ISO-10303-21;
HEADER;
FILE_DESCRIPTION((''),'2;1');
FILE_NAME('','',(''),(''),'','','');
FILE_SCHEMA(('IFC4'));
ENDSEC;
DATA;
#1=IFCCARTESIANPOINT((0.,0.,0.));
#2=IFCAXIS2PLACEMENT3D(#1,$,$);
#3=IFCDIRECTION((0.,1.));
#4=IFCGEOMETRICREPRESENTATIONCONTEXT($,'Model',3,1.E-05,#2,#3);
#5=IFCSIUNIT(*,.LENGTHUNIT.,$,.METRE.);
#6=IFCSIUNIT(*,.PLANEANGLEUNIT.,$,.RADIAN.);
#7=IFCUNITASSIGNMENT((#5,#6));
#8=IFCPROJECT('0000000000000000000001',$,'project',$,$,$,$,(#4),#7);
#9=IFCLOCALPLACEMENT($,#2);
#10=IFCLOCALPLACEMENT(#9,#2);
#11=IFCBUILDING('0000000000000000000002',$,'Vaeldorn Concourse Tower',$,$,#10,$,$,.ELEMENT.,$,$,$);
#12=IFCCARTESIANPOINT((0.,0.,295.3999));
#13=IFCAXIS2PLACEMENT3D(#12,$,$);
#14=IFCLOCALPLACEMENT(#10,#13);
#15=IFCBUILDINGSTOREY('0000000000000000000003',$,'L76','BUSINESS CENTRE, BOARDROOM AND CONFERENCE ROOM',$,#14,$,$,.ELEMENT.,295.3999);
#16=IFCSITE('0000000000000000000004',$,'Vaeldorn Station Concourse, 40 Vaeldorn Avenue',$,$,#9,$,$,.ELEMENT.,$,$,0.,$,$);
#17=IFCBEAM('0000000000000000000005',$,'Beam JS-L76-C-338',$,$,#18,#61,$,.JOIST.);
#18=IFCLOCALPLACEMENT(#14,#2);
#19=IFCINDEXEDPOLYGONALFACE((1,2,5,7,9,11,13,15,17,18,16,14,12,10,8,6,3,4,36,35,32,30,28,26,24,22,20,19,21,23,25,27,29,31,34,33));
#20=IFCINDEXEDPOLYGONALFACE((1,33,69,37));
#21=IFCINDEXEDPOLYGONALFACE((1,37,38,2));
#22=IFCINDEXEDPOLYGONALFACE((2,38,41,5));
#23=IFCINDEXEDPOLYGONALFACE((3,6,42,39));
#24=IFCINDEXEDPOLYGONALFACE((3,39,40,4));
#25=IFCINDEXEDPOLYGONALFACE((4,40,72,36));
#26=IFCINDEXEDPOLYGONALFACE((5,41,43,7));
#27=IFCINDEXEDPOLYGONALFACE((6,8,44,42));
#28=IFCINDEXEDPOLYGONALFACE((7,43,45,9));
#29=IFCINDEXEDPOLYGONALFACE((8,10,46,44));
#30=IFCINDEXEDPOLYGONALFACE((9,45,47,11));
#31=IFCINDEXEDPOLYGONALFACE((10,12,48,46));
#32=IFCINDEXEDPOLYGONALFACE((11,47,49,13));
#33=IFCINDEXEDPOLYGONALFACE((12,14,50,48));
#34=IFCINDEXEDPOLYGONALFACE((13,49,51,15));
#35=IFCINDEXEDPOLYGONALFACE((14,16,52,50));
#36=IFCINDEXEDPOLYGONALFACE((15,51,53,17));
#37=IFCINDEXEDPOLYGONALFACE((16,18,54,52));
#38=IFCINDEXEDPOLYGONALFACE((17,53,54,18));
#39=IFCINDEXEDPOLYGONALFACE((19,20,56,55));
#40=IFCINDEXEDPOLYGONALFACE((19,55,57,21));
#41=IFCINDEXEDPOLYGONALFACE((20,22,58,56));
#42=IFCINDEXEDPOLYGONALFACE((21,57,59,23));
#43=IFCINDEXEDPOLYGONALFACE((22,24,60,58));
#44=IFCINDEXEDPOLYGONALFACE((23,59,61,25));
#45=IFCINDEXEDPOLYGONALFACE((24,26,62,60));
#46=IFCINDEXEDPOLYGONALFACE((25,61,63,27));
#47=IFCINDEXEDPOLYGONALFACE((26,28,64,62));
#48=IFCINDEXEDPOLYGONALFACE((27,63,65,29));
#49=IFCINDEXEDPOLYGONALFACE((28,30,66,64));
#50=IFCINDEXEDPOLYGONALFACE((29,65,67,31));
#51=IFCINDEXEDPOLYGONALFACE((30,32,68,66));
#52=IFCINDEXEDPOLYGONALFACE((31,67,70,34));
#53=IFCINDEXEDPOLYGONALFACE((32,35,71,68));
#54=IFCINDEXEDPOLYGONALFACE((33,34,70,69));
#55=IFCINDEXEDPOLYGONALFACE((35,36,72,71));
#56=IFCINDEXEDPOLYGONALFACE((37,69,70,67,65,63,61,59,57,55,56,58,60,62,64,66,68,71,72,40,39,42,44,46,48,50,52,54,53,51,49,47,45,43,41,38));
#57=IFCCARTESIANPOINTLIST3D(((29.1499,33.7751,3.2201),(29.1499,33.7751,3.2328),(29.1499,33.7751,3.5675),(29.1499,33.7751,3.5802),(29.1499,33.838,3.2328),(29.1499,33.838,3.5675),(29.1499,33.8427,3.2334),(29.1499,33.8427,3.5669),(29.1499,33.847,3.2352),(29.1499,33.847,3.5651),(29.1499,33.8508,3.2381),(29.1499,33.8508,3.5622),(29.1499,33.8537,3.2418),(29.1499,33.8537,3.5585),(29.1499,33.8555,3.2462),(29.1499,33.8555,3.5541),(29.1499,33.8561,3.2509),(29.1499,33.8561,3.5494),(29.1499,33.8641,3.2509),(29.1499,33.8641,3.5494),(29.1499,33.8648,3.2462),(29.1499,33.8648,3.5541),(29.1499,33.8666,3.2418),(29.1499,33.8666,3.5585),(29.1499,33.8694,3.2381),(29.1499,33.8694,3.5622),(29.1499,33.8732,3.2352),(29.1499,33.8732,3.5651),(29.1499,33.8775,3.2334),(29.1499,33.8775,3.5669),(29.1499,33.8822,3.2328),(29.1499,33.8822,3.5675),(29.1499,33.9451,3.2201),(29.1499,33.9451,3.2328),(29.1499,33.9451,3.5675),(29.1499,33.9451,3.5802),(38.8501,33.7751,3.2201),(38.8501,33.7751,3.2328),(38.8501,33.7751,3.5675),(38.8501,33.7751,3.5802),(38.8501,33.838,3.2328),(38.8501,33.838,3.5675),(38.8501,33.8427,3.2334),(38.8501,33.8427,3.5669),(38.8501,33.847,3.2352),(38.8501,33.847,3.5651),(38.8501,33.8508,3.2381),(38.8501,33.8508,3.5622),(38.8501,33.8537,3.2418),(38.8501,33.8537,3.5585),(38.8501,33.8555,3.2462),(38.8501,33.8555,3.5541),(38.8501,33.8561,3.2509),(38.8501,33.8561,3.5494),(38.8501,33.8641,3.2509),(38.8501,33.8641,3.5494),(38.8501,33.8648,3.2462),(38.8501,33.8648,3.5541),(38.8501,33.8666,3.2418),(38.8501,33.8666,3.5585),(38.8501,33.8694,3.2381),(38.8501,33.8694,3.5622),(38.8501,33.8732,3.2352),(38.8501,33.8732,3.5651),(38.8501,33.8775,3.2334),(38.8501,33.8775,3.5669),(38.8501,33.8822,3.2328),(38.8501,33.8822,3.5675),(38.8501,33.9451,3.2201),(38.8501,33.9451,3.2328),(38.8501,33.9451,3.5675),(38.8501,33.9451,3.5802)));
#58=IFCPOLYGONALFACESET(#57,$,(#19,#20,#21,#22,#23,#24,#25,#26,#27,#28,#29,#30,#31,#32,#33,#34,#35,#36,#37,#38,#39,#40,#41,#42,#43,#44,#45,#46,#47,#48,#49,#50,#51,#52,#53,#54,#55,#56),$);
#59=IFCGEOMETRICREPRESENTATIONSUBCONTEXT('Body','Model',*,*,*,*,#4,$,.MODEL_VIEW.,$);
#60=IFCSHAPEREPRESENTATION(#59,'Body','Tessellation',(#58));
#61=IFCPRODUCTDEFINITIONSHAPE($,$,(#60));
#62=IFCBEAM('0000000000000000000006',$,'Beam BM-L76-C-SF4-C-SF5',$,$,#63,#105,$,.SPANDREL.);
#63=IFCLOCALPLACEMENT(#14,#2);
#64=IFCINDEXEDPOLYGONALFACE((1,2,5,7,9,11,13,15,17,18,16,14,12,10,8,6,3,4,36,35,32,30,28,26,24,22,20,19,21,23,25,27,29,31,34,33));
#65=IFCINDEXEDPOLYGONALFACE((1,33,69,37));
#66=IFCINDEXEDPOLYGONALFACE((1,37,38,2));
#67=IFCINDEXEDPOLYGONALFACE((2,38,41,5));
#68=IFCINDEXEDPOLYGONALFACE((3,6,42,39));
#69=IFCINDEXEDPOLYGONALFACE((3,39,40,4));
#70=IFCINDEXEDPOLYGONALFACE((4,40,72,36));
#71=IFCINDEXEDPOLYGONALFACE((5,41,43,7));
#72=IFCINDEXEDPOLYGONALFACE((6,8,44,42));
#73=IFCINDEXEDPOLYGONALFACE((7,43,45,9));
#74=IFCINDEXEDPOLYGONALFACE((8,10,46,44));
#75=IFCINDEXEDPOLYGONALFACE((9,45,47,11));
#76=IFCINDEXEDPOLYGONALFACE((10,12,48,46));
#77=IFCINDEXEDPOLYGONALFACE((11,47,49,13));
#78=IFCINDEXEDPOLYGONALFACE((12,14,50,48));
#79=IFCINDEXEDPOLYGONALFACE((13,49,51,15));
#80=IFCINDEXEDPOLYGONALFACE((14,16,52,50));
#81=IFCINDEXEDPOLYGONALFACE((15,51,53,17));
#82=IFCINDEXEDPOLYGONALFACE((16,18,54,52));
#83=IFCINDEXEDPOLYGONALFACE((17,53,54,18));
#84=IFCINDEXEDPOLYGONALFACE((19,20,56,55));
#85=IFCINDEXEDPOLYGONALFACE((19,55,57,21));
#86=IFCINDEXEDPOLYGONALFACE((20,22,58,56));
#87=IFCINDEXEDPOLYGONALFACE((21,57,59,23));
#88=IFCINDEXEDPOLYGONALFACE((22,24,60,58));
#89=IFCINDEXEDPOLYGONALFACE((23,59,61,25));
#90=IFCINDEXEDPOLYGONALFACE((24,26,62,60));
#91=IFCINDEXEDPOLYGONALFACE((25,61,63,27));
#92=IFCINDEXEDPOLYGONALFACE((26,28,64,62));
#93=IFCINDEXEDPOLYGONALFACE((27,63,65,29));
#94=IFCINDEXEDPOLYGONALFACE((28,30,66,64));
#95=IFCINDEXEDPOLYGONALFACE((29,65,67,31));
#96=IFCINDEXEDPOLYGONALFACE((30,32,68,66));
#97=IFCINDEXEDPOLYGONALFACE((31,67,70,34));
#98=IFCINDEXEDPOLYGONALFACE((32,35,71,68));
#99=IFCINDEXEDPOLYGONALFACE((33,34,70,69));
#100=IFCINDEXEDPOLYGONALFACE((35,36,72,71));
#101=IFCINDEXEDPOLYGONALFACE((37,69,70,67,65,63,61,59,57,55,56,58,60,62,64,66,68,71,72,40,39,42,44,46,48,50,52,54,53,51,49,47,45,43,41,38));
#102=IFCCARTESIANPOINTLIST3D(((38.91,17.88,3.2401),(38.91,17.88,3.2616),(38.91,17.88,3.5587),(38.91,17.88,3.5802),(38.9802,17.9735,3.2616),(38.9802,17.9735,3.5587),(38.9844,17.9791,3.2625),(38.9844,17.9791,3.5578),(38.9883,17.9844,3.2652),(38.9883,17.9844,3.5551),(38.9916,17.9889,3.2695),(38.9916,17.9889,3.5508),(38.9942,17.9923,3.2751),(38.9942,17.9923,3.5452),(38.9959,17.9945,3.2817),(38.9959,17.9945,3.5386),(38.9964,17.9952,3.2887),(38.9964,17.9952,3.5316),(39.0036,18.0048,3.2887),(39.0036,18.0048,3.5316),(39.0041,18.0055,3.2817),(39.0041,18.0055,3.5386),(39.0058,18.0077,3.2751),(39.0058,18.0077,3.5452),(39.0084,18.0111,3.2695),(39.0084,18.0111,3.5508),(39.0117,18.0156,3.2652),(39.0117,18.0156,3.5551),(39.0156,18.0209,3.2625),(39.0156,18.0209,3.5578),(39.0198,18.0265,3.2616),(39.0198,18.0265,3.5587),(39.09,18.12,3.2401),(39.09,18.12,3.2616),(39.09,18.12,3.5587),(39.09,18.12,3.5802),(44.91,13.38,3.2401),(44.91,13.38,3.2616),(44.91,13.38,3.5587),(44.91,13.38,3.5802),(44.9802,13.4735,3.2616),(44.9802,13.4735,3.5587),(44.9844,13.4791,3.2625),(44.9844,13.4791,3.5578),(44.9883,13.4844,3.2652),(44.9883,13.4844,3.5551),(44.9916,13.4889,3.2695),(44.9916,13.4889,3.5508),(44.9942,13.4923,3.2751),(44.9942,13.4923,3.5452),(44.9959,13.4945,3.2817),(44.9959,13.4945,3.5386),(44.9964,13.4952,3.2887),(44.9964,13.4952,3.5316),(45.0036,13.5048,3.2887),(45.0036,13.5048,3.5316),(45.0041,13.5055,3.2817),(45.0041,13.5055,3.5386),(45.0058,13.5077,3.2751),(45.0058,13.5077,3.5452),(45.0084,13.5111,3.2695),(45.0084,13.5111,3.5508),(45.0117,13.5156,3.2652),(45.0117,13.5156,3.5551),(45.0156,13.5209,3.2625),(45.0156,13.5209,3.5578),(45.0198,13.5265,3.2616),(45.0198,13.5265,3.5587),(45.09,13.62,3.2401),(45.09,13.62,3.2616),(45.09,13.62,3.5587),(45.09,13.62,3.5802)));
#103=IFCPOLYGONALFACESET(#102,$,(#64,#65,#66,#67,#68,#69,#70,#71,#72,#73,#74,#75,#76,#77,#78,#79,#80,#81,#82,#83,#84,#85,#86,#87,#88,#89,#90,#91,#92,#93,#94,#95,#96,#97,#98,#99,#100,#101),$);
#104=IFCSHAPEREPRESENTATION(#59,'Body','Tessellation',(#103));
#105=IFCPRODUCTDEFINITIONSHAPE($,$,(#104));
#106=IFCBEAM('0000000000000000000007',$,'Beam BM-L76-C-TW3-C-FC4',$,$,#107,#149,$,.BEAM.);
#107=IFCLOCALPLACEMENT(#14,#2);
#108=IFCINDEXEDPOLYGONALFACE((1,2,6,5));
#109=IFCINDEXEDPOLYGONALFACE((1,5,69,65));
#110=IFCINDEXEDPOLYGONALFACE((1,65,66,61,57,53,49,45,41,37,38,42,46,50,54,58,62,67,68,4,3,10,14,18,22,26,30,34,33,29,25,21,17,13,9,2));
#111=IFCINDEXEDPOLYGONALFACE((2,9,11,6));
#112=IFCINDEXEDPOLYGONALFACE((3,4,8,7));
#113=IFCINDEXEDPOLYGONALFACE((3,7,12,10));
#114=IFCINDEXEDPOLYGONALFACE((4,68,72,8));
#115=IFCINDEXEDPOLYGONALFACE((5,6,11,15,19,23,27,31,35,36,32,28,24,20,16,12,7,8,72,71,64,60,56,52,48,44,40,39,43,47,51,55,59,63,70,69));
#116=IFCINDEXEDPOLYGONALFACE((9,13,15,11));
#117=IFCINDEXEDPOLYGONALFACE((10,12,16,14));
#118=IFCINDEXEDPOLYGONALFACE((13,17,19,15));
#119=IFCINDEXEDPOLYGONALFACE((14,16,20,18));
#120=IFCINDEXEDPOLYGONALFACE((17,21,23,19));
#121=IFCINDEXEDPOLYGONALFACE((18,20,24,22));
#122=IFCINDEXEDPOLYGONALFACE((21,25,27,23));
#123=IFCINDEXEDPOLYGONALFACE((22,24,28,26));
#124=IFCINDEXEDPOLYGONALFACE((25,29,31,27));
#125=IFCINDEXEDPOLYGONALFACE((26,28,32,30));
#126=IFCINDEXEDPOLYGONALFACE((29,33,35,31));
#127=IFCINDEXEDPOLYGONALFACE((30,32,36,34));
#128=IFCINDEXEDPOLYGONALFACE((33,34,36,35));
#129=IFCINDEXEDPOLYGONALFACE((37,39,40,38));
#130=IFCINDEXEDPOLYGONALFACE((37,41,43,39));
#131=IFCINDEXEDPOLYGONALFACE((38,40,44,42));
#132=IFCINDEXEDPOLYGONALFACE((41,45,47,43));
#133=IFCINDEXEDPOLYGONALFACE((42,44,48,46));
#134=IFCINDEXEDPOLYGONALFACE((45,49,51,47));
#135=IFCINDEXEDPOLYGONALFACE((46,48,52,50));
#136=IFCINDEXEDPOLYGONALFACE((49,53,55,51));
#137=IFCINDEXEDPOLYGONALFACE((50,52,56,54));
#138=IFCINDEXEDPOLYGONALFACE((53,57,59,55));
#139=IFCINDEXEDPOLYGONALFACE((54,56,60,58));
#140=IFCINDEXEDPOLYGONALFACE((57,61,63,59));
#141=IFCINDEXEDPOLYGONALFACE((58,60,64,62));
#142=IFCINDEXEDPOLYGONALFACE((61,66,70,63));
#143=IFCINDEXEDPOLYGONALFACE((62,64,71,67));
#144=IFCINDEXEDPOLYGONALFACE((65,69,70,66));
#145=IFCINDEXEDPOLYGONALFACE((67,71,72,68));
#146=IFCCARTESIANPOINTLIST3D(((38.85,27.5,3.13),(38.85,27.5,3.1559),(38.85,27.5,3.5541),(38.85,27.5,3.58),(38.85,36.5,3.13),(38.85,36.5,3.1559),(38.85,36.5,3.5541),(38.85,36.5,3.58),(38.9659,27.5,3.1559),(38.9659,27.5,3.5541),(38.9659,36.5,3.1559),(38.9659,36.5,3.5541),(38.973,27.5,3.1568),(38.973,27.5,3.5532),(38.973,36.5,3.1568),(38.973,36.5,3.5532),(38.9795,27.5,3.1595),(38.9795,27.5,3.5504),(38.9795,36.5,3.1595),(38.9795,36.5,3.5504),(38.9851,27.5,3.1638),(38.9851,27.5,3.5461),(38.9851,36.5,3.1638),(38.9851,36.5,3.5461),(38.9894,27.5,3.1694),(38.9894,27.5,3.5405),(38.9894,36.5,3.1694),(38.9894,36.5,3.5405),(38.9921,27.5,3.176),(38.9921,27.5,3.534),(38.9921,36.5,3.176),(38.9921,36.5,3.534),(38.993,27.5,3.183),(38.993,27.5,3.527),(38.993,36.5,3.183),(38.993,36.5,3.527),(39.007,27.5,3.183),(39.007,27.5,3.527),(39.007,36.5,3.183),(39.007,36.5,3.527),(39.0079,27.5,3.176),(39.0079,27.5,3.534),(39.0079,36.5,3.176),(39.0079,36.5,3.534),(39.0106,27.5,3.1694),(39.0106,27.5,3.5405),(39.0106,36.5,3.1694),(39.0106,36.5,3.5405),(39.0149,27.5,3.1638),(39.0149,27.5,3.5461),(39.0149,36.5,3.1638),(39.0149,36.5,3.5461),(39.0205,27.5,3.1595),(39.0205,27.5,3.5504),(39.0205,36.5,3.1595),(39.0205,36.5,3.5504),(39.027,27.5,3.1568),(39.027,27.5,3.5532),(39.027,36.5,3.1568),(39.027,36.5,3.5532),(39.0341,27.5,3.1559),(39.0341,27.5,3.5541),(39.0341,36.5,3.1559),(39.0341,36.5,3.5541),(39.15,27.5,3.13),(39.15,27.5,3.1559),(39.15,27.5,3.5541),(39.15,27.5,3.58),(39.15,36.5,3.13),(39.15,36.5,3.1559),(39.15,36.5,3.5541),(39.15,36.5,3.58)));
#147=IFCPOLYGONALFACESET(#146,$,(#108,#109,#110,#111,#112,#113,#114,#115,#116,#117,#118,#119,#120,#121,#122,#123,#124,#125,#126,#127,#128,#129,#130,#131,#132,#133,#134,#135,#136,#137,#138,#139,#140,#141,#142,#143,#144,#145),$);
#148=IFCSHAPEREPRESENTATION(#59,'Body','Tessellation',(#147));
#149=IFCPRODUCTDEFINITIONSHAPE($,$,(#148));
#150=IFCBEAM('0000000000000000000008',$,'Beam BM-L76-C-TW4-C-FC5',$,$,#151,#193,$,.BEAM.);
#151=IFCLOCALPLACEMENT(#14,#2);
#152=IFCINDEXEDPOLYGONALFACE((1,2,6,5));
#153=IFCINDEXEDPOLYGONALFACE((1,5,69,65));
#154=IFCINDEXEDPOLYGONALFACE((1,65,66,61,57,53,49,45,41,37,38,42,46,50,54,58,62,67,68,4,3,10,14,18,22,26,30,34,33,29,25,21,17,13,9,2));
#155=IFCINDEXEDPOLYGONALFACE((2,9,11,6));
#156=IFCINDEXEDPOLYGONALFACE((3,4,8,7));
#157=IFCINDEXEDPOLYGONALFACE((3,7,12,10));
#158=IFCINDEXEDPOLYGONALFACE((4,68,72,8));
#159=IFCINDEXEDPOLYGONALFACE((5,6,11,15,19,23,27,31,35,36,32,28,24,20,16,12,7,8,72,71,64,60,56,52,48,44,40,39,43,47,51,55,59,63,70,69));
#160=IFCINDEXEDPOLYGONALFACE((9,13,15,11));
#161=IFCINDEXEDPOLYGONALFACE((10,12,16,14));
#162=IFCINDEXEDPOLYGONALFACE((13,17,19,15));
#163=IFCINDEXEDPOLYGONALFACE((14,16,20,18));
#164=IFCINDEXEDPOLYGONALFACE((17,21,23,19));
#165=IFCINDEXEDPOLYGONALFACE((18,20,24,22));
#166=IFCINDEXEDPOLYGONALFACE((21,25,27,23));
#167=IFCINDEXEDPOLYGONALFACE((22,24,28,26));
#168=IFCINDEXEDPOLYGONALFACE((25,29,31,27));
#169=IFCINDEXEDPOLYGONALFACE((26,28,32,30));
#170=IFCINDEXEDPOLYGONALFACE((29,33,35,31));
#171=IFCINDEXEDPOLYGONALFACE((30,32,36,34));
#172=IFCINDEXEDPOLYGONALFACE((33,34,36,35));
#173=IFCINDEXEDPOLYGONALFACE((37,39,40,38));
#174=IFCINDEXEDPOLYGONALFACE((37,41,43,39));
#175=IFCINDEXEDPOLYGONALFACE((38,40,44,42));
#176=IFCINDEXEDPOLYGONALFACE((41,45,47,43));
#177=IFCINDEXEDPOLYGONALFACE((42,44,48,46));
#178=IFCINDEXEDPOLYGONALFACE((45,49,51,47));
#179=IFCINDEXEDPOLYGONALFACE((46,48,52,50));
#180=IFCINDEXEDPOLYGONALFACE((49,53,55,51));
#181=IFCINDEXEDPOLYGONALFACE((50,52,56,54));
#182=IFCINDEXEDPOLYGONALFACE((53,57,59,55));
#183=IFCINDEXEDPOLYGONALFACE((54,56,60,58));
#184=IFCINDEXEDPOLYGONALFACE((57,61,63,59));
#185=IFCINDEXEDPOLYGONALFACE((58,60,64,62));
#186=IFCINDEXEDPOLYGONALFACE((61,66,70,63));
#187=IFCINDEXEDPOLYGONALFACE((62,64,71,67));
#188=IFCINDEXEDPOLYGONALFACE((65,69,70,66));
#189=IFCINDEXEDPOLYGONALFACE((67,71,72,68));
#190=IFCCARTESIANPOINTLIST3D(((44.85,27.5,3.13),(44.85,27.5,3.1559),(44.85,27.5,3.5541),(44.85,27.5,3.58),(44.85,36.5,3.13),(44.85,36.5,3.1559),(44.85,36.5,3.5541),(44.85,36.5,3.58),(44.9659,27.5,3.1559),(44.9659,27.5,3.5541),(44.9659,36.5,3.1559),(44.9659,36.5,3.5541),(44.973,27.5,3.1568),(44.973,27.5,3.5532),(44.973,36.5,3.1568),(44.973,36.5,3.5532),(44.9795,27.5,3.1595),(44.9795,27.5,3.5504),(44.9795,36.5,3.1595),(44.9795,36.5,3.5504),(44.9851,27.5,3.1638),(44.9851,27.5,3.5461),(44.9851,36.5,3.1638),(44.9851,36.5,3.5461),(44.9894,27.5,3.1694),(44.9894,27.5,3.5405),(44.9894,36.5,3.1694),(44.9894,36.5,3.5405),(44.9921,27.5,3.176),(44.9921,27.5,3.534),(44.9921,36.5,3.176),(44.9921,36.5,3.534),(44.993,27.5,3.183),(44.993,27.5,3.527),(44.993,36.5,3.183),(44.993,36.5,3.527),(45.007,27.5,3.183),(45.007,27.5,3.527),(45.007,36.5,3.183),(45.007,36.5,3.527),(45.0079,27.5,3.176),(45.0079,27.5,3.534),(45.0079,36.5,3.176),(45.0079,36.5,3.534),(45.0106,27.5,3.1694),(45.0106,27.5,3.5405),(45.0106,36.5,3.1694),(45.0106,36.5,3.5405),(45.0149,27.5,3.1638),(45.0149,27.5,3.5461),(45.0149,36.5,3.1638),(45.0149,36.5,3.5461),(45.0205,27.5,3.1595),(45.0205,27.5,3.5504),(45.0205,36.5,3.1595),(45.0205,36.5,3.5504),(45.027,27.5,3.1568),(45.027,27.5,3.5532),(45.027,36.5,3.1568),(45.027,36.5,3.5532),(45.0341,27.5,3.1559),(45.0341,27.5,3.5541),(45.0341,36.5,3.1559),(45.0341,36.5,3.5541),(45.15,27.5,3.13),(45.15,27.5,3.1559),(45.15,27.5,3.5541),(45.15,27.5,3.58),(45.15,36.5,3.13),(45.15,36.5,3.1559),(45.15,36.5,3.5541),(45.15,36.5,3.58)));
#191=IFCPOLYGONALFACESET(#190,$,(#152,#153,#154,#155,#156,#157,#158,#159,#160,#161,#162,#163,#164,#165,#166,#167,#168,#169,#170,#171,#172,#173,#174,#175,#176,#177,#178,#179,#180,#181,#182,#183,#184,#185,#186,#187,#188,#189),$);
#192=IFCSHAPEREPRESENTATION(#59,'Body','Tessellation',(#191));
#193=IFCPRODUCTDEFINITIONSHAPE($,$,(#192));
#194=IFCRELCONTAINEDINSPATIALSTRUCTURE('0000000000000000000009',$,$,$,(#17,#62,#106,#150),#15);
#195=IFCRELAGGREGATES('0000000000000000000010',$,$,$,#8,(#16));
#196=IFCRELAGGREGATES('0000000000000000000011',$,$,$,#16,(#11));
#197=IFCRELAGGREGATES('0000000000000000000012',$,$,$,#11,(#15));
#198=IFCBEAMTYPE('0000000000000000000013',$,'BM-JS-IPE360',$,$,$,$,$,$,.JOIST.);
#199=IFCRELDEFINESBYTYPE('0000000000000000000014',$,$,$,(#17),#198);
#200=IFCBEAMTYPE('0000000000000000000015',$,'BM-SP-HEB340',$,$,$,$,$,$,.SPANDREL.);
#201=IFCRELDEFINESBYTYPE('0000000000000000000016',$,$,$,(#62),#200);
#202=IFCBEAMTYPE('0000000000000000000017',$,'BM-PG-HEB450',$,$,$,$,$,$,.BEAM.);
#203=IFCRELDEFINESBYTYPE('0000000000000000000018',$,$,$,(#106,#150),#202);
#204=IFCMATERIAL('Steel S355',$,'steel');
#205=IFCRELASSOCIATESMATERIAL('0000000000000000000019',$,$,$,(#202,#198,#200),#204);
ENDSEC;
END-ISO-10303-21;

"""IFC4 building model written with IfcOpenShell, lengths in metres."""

from ifc_helpers import new_model, si_unit, direction, frame, origin, origin_2d, place, context, subcontext, project, spatial, i_section, extrude, source, transform, mapped, material, material_profile, profile_set, type_object, element, save


model = new_model("IFC4")

# Units and contexts
model_context = context("Model", 3, precision=1e-05, world=origin(), true_north=direction((0.0, 1.0)))
body_context = subcontext(model_context, "Body", "Model", "MODEL_VIEW")
ifc_project = project(units=[si_unit("LENGTHUNIT", "METRE"), si_unit("PLANEANGLEUNIT", "RADIAN")], contexts=[model_context])

# Site, building, storey
site_placement = place(None, origin())
site = spatial("IfcSite", under=ifc_project, at=site_placement, Name="Vaeldorn Station Concourse, 40 Vaeldorn Avenue", CompositionType="ELEMENT", RefElevation=0.0)
building_placement = place(site_placement, origin())
building = spatial("IfcBuilding", under=site, at=building_placement, Name="Vaeldorn Concourse Tower", CompositionType="ELEMENT")
storey_placement = place(building_placement, frame((0.0, 0.0, 295.3999)))
storey = spatial("IfcBuildingStorey", under=building, at=storey_placement, Name="L76", Description="BUSINESS CENTRE, BOARDROOM AND CONFERENCE ROOM", CompositionType="ELEMENT", Elevation=295.3999)

# Shared definitions
ifc_material_1 = material(Name="Steel S355", Category="steel")

# Beams
ifc_material_profile_1 = material_profile(ifc_material_1, i_section(OverallWidth=0.3, OverallDepth=0.45, WebThickness=0.0139, FlangeThickness=0.0259, FilletRadius=0.0271, at=origin_2d()), Name="HEB 450")
ifc_profile_set_1 = profile_set([ifc_material_profile_1], Name="Steel S355")
beam_type_1 = type_object("IfcBeamType", Name="BM-PG-HEB450", PredefinedType="BEAM", material=ifc_profile_set_1)
ifc_material_profile_2 = material_profile(ifc_material_1, i_section(OverallWidth=0.1699, OverallDepth=0.3601, WebThickness=0.0081, FlangeThickness=0.0127, FilletRadius=0.0181, at=origin_2d()), Name="IPE 360")
ifc_profile_set_2 = profile_set([ifc_material_profile_2], Name="Steel S355")
beam_type_2 = type_object("IfcBeamType", Name="BM-JS-IPE360", PredefinedType="JOIST", material=ifc_profile_set_2)
shared_shape_1 = source(origin(), body_context, "Body", "SweptSolid", [
    extrude(i_section(OverallWidth=0.1699, OverallDepth=0.3601, WebThickness=0.0081, FlangeThickness=0.0127, FilletRadius=0.0181, at=origin_2d()), origin(), (0.0, 0.0, 1.0), 9.7002),
])
beam_1_placement = place(storey_placement, frame((29.1499, 33.8601, 3.4001), z_axis=(1.0, 0.0, 0.0), x_axis=(0.0, 1.0, 0.0)))
element("IfcBeam", 1, at=beam_1_placement, inside=storey, type_object=beam_type_2, Name="Beam JS-L76-C-338", PredefinedType="JOIST", context=body_context, shape_type="MappedRepresentation", body=[
    mapped(shared_shape_1, transform((0.0, 0.0, 0.0), scale=1.0)),
])
ifc_material_profile_3 = material_profile(ifc_material_1, i_section(OverallWidth=0.3, OverallDepth=0.3401, WebThickness=0.012, FlangeThickness=0.0215, FilletRadius=0.0271, at=origin_2d()), Name="HEB 340")
ifc_profile_set_3 = profile_set([ifc_material_profile_3], Name="Steel S355")
beam_type_3 = type_object("IfcBeamType", Name="BM-SP-HEB340", PredefinedType="SPANDREL", material=ifc_profile_set_3)
shared_shape_2 = source(origin(), body_context, "Body", "SweptSolid", [
    extrude(i_section(OverallWidth=0.3, OverallDepth=0.3401, WebThickness=0.012, FlangeThickness=0.0215, FilletRadius=0.0271, at=origin_2d()), origin(), (0.0, 0.0, 1.0), 7.5),
])
beam_2_placement = place(storey_placement, frame((39.0, 18.0, 3.4102), z_axis=(0.8, -0.6, 0.0), x_axis=(0.6, 0.8, 0.0)))
element("IfcBeam", 2, at=beam_2_placement, inside=storey, type_object=beam_type_3, Name="Beam BM-L76-C-SF4-C-SF5", PredefinedType="SPANDREL", context=body_context, shape_type="MappedRepresentation", body=[
    mapped(shared_shape_2, transform((0.0, 0.0, 0.0), scale=1.0)),
])
shared_shape_3 = source(origin(), body_context, "Body", "SweptSolid", [
    extrude(i_section(OverallWidth=0.3, OverallDepth=0.45, WebThickness=0.0139, FlangeThickness=0.0259, FilletRadius=0.0271, at=origin_2d()), origin(), (0.0, 0.0, 1.0), 9.0),
])
for number, where, z_axis, x_axis, name in (
    (3, (39.0, 27.5, 3.355), (0.0, 1.0, 0.0), (-1.0, 0.0, 0.0), "Beam BM-L76-C-TW3-C-FC4"),
    (4, (45.0, 27.5, 3.355), (0.0, 1.0, 0.0), (-1.0, 0.0, 0.0), "Beam BM-L76-C-TW4-C-FC5"),
):
    element("IfcBeam", number, at=place(storey_placement, frame(where, z_axis=z_axis, x_axis=x_axis)), inside=storey, type_object=beam_type_1, Name=name, PredefinedType="BEAM", context=body_context, shape_type="MappedRepresentation", body=[
        mapped(shared_shape_3, transform((0.0, 0.0, 0.0), scale=1.0)),
    ])

save(model, "model.ifc")
